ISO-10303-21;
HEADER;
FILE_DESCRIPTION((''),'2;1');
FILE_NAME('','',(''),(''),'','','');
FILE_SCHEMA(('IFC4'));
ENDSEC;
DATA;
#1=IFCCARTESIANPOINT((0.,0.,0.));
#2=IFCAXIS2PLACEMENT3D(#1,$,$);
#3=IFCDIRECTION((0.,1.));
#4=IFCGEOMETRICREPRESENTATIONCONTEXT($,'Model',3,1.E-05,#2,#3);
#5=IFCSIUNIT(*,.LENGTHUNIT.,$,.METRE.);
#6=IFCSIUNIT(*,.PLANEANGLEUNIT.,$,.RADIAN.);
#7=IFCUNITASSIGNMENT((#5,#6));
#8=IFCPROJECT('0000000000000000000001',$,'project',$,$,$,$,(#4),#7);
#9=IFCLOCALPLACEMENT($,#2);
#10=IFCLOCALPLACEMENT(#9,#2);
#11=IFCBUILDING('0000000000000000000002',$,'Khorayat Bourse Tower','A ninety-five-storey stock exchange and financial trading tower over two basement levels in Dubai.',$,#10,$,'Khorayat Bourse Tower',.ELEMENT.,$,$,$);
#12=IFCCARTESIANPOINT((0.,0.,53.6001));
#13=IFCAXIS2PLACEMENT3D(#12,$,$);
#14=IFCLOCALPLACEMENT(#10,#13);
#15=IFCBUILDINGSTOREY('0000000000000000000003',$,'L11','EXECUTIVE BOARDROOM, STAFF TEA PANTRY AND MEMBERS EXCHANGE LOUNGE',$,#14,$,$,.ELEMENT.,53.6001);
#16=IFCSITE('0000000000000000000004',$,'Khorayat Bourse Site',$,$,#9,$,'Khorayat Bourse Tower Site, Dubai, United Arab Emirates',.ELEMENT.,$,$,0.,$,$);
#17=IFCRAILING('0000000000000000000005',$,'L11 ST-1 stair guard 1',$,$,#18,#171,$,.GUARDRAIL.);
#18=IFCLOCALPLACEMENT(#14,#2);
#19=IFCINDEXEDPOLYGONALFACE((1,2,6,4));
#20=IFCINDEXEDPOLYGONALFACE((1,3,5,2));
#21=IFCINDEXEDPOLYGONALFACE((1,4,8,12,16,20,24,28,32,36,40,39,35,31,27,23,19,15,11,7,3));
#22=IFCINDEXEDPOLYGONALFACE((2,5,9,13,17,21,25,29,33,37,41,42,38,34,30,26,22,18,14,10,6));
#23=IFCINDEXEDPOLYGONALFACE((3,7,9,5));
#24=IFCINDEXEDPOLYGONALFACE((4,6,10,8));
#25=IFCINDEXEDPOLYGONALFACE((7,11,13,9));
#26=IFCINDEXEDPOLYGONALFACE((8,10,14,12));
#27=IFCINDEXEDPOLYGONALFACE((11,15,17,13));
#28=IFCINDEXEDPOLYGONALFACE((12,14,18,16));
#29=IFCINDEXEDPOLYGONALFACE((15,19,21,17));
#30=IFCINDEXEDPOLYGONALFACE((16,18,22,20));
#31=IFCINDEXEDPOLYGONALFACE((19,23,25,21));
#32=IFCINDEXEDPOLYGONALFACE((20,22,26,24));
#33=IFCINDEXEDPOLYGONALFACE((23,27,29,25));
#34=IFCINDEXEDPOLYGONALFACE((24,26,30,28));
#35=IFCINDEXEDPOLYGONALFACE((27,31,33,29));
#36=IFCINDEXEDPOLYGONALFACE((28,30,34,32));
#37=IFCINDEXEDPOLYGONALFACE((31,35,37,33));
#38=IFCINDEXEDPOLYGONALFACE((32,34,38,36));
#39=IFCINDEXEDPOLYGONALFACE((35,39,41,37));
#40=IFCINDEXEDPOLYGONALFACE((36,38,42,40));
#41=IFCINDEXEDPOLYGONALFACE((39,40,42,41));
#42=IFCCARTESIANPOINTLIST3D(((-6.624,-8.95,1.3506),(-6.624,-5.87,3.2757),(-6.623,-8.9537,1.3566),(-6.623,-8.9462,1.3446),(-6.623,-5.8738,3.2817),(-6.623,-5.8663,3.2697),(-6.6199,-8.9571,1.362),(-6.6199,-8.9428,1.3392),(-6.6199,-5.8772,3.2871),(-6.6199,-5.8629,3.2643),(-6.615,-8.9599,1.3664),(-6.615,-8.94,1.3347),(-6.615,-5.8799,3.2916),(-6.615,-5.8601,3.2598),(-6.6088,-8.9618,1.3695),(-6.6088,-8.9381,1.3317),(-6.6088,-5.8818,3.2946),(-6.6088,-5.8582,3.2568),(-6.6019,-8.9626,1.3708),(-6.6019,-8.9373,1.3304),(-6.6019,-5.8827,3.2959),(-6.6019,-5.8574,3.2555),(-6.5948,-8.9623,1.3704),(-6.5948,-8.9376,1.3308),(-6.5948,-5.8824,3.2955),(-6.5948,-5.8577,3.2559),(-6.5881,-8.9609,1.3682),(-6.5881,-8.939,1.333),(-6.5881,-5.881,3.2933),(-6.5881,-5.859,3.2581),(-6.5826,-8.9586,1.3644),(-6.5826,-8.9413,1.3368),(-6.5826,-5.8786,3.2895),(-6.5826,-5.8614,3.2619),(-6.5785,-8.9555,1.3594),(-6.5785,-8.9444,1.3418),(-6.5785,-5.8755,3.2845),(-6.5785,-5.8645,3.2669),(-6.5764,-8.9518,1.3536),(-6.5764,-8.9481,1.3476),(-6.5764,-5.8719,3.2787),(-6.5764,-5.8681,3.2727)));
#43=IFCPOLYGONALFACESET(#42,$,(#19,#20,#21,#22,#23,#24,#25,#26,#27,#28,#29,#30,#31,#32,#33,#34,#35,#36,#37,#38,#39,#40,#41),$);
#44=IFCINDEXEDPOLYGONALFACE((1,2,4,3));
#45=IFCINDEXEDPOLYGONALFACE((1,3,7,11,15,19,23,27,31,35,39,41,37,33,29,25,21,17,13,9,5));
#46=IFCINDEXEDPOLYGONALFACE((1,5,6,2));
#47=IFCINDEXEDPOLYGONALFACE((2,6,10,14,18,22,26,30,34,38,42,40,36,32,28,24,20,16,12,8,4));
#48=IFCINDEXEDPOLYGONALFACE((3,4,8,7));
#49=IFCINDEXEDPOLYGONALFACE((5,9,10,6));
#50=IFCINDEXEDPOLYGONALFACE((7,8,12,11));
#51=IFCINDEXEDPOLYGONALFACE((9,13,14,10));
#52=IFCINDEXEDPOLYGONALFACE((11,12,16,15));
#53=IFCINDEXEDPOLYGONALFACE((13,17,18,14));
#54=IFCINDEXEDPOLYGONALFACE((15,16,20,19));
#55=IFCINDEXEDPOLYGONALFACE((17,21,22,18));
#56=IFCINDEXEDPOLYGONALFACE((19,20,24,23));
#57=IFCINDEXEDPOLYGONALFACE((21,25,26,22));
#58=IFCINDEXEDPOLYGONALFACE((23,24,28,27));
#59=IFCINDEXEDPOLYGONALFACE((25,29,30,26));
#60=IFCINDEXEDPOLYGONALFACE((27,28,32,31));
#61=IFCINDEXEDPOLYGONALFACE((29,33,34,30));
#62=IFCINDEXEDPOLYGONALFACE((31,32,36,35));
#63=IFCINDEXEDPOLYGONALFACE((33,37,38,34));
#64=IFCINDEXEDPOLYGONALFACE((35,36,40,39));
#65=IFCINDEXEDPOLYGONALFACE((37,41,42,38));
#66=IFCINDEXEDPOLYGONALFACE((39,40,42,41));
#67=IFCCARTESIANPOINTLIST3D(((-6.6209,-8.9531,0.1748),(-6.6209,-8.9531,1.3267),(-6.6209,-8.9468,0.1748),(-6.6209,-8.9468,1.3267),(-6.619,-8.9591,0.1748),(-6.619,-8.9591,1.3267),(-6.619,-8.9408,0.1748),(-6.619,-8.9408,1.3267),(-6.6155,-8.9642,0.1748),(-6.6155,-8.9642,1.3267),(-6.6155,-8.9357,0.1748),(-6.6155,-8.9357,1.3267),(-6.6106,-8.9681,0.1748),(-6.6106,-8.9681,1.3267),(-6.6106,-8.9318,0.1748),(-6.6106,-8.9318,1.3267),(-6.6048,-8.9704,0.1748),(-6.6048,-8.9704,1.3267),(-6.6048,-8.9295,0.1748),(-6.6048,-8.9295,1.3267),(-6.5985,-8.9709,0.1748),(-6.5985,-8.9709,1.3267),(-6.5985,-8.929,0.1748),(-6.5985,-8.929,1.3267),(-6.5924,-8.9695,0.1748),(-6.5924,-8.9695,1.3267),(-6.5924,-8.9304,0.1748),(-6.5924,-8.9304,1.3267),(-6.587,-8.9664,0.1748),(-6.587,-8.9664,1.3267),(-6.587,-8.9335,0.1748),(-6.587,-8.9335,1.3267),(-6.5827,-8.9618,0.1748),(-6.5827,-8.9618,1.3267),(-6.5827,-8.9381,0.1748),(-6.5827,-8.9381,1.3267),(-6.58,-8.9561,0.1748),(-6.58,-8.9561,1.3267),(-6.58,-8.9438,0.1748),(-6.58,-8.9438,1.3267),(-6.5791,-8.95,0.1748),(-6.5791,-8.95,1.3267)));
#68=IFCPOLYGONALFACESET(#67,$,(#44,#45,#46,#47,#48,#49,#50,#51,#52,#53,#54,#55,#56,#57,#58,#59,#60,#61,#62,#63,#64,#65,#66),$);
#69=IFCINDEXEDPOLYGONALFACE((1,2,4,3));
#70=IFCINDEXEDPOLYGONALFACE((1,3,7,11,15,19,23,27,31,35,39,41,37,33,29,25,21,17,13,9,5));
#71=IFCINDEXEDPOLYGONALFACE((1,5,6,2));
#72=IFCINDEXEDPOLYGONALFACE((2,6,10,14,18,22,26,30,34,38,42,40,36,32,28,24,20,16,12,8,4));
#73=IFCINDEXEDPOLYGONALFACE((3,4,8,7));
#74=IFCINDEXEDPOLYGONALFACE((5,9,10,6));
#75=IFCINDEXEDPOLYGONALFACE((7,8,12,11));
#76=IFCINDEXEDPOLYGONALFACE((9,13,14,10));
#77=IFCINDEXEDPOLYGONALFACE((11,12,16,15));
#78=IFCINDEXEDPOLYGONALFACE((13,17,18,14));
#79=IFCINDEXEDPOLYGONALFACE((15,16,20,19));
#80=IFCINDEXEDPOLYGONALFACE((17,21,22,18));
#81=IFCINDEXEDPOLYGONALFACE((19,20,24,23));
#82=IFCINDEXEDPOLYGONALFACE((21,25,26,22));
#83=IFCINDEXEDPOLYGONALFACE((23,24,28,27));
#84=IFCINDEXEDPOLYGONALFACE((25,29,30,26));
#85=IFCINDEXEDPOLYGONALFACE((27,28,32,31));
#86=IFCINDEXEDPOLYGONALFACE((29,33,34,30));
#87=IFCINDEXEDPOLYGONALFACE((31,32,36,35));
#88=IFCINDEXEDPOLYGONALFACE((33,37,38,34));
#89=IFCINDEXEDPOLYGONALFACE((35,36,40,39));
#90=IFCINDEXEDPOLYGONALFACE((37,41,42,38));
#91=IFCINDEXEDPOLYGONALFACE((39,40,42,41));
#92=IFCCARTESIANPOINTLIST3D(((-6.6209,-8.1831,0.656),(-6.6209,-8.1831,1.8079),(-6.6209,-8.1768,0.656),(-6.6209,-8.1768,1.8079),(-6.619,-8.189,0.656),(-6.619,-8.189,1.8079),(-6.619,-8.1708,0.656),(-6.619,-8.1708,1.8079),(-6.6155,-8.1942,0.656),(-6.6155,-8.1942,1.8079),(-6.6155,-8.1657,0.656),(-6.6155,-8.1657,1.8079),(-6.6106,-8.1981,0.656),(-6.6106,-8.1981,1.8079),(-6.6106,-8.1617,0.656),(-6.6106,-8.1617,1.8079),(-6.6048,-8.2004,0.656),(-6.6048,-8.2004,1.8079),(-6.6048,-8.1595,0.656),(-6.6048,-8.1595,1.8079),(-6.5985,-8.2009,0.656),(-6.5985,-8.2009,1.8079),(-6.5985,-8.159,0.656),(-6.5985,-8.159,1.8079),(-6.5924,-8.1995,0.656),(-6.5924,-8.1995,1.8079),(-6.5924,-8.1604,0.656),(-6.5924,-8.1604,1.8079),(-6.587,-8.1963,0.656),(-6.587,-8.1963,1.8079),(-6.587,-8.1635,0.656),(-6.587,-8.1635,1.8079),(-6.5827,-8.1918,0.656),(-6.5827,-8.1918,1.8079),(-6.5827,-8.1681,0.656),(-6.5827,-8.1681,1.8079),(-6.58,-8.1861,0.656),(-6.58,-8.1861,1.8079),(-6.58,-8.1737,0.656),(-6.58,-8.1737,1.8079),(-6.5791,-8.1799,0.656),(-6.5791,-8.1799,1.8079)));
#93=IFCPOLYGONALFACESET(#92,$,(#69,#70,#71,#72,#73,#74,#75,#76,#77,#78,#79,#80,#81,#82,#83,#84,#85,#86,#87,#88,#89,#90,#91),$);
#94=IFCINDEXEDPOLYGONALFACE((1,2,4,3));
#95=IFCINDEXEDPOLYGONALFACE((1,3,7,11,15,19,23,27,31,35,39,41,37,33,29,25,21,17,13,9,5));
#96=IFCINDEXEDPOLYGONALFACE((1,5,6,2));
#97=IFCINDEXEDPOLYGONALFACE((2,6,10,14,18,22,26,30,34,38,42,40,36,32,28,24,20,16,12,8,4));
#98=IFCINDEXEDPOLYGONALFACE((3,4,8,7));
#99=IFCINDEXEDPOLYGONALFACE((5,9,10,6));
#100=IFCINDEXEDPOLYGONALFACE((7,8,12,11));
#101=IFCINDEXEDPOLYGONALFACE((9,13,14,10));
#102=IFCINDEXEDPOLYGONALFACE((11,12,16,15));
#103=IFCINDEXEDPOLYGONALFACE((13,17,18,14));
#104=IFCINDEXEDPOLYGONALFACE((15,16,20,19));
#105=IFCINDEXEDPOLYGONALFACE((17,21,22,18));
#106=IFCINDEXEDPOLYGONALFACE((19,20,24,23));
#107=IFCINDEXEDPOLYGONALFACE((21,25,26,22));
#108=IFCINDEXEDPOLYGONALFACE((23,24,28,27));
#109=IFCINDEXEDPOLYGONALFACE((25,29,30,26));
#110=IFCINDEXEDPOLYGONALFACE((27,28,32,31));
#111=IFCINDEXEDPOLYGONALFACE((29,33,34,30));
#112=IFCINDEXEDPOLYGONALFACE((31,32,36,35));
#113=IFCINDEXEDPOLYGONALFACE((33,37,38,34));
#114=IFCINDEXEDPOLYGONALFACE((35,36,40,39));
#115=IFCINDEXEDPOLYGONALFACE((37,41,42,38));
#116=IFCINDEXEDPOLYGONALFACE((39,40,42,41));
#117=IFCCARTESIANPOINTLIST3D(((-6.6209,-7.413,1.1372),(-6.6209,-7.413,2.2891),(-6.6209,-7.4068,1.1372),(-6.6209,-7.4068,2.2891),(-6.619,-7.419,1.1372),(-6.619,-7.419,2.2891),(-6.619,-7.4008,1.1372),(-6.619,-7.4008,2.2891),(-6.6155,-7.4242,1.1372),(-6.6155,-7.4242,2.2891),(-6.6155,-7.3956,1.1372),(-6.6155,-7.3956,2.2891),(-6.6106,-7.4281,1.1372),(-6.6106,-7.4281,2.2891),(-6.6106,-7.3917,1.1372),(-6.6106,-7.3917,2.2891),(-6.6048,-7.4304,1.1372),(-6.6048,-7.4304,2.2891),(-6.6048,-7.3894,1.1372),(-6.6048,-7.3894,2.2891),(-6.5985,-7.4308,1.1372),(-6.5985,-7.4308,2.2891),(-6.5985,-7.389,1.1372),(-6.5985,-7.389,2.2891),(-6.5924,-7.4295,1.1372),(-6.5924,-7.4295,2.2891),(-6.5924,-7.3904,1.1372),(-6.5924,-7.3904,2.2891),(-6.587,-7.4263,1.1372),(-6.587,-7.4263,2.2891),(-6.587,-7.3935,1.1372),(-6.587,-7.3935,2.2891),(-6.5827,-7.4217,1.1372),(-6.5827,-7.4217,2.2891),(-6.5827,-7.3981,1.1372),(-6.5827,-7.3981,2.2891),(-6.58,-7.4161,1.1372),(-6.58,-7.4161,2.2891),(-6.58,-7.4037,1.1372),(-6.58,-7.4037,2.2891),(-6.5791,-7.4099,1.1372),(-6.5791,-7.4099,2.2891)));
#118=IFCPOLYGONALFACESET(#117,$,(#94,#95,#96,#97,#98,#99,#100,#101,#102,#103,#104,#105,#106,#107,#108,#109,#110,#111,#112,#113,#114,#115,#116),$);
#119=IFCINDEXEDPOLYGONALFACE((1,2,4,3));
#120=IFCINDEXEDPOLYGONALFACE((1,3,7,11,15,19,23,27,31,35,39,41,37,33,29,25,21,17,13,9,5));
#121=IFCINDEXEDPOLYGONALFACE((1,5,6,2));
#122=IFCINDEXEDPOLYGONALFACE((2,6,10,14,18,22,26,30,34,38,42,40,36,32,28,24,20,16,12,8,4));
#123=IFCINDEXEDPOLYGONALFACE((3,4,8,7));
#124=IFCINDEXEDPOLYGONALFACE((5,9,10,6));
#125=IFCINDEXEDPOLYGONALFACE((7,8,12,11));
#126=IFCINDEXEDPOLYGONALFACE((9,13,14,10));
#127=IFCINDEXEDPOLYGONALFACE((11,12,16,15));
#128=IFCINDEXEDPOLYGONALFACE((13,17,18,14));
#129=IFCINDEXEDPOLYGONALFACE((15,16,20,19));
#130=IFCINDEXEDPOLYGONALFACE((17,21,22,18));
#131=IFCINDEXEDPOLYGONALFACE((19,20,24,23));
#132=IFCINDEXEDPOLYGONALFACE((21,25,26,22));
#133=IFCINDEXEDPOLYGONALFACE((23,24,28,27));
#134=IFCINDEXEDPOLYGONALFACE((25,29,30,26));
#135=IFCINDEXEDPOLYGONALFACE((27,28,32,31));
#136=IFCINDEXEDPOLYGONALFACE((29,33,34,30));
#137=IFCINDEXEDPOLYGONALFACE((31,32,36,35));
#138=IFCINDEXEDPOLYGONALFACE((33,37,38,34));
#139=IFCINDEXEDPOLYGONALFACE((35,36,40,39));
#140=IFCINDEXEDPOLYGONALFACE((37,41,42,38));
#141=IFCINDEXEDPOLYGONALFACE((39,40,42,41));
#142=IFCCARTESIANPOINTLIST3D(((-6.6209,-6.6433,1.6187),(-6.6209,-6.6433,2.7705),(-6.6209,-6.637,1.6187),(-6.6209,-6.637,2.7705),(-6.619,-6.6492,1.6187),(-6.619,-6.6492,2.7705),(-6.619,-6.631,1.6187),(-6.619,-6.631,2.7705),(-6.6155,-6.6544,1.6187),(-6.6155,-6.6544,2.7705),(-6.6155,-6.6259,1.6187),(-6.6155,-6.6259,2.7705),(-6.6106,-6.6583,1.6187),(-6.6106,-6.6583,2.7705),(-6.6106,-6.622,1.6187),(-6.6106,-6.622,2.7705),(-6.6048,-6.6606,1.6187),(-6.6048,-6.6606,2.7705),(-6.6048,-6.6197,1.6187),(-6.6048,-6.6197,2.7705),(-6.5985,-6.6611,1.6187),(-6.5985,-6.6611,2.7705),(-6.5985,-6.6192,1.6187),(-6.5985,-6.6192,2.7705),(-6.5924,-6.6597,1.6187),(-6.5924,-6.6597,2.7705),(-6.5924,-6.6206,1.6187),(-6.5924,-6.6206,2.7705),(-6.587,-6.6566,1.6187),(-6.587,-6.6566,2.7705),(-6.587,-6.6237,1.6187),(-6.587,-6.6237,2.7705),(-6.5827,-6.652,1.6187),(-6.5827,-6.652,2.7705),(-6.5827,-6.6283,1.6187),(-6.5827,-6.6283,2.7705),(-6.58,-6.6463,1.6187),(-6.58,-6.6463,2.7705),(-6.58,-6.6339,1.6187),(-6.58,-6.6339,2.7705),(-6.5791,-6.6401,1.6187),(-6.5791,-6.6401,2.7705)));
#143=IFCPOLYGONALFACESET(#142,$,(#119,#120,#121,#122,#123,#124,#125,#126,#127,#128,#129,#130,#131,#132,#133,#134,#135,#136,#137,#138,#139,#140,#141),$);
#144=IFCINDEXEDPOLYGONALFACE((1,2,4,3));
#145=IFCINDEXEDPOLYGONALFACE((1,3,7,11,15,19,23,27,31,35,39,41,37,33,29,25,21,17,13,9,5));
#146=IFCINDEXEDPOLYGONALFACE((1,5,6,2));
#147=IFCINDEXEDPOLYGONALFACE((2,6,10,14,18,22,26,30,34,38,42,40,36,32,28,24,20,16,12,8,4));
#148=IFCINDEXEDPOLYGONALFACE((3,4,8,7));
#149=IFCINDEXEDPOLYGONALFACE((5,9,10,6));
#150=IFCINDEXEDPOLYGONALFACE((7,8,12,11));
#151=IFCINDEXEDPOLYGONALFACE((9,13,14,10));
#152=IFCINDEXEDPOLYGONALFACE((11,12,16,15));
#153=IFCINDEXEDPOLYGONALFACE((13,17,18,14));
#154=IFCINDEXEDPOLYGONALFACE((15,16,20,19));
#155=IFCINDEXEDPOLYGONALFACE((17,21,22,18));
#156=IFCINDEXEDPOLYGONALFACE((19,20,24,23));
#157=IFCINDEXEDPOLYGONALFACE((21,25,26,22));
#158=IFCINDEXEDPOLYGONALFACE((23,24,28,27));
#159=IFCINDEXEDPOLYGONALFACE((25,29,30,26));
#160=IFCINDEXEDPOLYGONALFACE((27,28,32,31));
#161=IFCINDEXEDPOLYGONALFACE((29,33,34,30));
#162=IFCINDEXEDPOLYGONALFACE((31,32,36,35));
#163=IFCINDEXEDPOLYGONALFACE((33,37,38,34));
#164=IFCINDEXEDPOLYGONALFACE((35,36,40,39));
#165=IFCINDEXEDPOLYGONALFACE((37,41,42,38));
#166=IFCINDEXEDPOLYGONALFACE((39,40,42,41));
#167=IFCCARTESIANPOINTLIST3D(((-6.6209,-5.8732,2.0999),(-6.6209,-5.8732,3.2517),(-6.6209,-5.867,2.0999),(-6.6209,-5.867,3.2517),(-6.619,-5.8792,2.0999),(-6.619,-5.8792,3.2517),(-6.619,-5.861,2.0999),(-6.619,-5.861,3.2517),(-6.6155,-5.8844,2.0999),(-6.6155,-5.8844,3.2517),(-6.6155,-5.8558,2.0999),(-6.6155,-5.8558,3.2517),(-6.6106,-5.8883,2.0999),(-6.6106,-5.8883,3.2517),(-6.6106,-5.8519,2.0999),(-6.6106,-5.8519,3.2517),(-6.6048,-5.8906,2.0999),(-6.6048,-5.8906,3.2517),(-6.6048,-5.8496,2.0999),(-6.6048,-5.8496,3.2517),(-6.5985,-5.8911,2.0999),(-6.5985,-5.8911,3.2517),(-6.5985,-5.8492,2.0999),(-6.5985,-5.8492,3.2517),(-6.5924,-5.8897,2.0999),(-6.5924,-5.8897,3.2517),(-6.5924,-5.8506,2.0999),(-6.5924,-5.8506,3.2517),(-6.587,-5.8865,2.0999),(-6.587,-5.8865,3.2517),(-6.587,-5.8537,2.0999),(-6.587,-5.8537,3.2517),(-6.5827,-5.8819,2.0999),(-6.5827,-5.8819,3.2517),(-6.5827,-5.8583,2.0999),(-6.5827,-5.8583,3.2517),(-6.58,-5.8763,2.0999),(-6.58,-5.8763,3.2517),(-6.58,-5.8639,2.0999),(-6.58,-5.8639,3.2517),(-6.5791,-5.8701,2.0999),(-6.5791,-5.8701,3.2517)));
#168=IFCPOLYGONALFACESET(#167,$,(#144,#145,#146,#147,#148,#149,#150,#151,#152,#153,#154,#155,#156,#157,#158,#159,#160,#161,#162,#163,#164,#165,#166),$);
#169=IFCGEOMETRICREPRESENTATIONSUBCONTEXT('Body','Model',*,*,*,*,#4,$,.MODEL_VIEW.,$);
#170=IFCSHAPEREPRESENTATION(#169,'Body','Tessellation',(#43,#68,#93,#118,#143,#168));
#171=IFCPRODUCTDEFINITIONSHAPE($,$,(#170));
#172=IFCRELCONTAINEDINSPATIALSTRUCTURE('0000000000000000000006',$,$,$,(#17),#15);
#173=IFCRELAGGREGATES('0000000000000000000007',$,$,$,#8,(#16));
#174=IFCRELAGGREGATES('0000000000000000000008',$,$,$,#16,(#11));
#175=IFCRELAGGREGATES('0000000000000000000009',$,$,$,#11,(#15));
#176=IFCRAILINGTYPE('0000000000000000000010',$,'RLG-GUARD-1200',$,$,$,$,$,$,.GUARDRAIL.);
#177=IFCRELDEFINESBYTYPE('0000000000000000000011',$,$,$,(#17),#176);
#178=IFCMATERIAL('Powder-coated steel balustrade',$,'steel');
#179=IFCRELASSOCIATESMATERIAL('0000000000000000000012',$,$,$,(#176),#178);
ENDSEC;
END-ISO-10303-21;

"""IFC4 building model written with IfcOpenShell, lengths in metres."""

from ifc_helpers import new_model, si_unit, direction, frame, origin, origin_2d, place, context, subcontext, project, spatial, circle, extrude, source, transform, mapped, material, type_object, element, save


model = new_model("IFC4")

# Units and contexts
model_context = context("Model", 3, precision=1e-05, world=origin(), true_north=direction((0.0, 1.0)))
body_context = subcontext(model_context, "Body", "Model", "MODEL_VIEW")
ifc_project = project(units=[si_unit("LENGTHUNIT", "METRE"), si_unit("PLANEANGLEUNIT", "RADIAN")], contexts=[model_context])

# Site, building, storey
site_placement = place(None, origin())
site = spatial("IfcSite", under=ifc_project, at=site_placement, Name="Khorayat Bourse Site", LongName="Khorayat Bourse Tower Site, Dubai, United Arab Emirates", CompositionType="ELEMENT", RefElevation=0.0)
building_placement = place(site_placement, origin())
building = spatial("IfcBuilding", under=site, at=building_placement, Name="Khorayat Bourse Tower", Description="A ninety-five-storey stock exchange and financial trading tower over two basement levels in Dubai.", LongName="Khorayat Bourse Tower", CompositionType="ELEMENT")
storey_placement = place(building_placement, frame((0.0, 0.0, 53.6001)))
storey = spatial("IfcBuildingStorey", under=building, at=storey_placement, Name="L11", Description="EXECUTIVE BOARDROOM, STAFF TEA PANTRY AND MEMBERS EXCHANGE LOUNGE", CompositionType="ELEMENT", Elevation=53.6001)

# Railing
ifc_material_1 = material(Name="Powder-coated steel balustrade", Category="steel")
railing_type_1 = type_object("IfcRailingType", Name="RLG-GUARD-1200", PredefinedType="GUARDRAIL", material=ifc_material_1)
shared_shape_1 = source(origin(), body_context, "Body", "SweptSolid", [
    extrude(circle(Radius=0.0239, at=origin_2d()), frame((0.0, 0.0, 1.1758), z_axis=(0.0, 0.847979, 0.530029), x_axis=(-1.0, 0.0, 0.0)), (0.0, 0.0, 1.0), 3.6321),
    extrude(circle(Radius=0.021, at=origin_2d()), origin(), (0.0, 0.0, 1.0), 1.1519),
    extrude(circle(Radius=0.021, at=origin_2d()), frame((0.0, 0.77, 0.4812)), (0.0, 0.0, 1.0), 1.1519),
    extrude(circle(Radius=0.021, at=origin_2d()), frame((0.0, 1.54, 0.9624)), (0.0, 0.0, 1.0), 1.1519),
    extrude(circle(Radius=0.021, at=origin_2d()), frame((0.0, 2.3098, 1.4438)), (0.0, 0.0, 1.0), 1.1519),
    extrude(circle(Radius=0.021, at=origin_2d()), frame((0.0, 3.0798, 1.925)), (0.0, 0.0, 1.0), 1.1519),
])
railing_1_placement = place(storey_placement, frame((-6.6001, -8.95, 0.1748)))
element("IfcRailing", 1, at=railing_1_placement, inside=storey, type_object=railing_type_1, Name="L11 ST-1 stair guard 1", PredefinedType="GUARDRAIL", context=body_context, shape_type="MappedRepresentation", body=[
    mapped(shared_shape_1, transform((0.0, 0.0, 0.0), scale=1.0)),
])

save(model, "model.ifc")
